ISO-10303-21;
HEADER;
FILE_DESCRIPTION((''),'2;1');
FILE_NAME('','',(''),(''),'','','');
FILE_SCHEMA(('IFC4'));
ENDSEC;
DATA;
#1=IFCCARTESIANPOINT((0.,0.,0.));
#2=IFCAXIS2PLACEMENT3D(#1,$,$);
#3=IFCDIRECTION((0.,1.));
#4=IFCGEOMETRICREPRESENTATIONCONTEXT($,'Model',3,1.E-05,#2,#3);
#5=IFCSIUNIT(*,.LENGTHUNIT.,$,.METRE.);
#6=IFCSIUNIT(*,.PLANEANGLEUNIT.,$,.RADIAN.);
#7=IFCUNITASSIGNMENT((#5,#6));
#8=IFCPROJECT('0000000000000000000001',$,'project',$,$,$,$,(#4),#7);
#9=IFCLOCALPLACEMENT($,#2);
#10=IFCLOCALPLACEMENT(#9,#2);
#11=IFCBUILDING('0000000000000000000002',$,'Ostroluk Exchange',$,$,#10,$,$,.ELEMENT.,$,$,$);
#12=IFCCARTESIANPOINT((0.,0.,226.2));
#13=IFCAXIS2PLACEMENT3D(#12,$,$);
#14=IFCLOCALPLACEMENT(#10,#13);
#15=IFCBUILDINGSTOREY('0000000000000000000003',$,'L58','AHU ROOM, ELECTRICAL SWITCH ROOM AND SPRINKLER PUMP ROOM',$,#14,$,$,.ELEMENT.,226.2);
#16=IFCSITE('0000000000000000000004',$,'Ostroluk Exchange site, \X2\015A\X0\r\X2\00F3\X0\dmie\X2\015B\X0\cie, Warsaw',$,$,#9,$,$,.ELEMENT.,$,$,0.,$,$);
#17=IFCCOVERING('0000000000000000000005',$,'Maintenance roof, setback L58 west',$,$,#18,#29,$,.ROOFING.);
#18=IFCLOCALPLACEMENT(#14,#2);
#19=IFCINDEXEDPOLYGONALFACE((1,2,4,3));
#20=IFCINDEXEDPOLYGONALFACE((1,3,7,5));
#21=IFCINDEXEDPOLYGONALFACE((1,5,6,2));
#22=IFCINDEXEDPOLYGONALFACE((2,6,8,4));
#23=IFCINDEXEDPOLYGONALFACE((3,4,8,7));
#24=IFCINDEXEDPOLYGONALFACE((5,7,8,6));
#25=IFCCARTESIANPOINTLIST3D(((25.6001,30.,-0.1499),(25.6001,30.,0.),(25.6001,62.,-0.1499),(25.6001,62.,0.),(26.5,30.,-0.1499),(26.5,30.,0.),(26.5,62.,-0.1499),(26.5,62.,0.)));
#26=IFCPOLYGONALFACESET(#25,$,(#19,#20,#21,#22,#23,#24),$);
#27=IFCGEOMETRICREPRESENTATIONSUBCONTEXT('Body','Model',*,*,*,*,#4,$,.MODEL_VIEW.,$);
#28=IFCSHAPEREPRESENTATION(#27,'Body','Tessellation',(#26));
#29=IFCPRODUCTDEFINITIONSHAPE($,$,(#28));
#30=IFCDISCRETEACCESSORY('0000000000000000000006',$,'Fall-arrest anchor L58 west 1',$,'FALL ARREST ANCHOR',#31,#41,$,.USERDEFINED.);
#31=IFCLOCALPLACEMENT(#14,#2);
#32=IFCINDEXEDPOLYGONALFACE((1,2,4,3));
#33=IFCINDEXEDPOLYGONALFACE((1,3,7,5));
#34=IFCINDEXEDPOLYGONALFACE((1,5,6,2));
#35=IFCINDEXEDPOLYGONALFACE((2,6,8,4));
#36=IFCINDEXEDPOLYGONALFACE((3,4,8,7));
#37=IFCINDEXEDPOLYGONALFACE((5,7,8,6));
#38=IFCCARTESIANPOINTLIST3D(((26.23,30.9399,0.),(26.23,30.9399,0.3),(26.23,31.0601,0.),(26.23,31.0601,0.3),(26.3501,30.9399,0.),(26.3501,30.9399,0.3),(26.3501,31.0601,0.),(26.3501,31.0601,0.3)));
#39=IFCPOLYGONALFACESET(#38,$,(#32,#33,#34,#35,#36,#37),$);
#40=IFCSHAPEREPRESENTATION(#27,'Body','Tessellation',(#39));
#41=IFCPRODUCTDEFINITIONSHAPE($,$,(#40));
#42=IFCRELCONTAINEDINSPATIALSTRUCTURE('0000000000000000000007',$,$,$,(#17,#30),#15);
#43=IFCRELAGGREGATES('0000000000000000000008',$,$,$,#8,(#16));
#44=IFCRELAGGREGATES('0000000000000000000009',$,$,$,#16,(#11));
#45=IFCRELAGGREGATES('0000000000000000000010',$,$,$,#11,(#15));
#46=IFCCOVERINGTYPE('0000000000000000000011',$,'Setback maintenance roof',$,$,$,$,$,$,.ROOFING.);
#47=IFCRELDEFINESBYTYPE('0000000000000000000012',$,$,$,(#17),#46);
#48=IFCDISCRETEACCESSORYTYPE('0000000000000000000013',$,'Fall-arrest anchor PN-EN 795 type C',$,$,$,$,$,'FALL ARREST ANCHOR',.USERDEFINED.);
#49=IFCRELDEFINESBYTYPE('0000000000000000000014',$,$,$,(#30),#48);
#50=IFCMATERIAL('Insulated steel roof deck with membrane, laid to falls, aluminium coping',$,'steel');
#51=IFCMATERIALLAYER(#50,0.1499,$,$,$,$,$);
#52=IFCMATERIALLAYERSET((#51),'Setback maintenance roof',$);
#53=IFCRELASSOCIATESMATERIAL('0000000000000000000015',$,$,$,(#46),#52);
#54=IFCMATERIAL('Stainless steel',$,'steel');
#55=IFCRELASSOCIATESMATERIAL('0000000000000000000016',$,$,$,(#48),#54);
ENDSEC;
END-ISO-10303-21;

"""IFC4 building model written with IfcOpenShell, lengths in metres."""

from ifc_helpers import new_model, si_unit, direction, frame, origin, origin_2d, place, context, subcontext, project, spatial, polyline, rectangle, outline, extrude, material, layer, layer_set, type_object, element, save


model = new_model("IFC4")

# Units and contexts
model_context = context("Model", 3, precision=1e-05, world=origin(), true_north=direction((0.0, 1.0)))
body_context = subcontext(model_context, "Body", "Model", "MODEL_VIEW")
ifc_project = project(units=[si_unit("LENGTHUNIT", "METRE"), si_unit("PLANEANGLEUNIT", "RADIAN")], contexts=[model_context])

# Site, building, storey
site_placement = place(None, origin())
site = spatial("IfcSite", under=ifc_project, at=site_placement, Name="Ostroluk Exchange site, Śródmieście, Warsaw", CompositionType="ELEMENT", RefElevation=0.0)
building_placement = place(site_placement, origin())
building = spatial("IfcBuilding", under=site, at=building_placement, Name="Ostroluk Exchange", CompositionType="ELEMENT")
storey_placement = place(building_placement, frame((0.0, 0.0, 226.2)))
storey = spatial("IfcBuildingStorey", under=building, at=storey_placement, Name="L58", Description="AHU ROOM, ELECTRICAL SWITCH ROOM AND SPRINKLER PUMP ROOM", CompositionType="ELEMENT", Elevation=226.2)

# Covering
ifc_material_1 = material(Name="Insulated steel roof deck with membrane, laid to falls, aluminium coping", Category="steel")
ifc_layer_1 = layer(ifc_material_1, 0.1499)
ifc_layer_set_1 = layer_set([ifc_layer_1], Name="Setback maintenance roof")
covering_type = type_object("IfcCoveringType", Name="Setback maintenance roof", PredefinedType="ROOFING", material=ifc_layer_set_1)
covering_1_placement = place(storey_placement, frame((0.0, 0.0, -0.1499)))
element("IfcCovering", 1, at=covering_1_placement, inside=storey, type_object=covering_type, Name="Maintenance roof, setback L58 west", PredefinedType="ROOFING", context=body_context, shape_type="SweptSolid", body=[
    extrude(outline(polyline([(25.6001, 62.0), (26.5, 62.0), (26.5, 30.0), (25.6001, 30.0), (25.6001, 62.0)])), origin(), (0.0, 0.0, 1.0), 0.1499),
])

# Discrete accessory
ifc_material_2 = material(Name="Stainless steel", Category="steel")
discrete_accessory_type = type_object("IfcDiscreteAccessoryType", Name="Fall-arrest anchor PN-EN 795 type C", ElementType="FALL ARREST ANCHOR", PredefinedType="USERDEFINED", material=ifc_material_2)
discrete_accessory_placement = place(storey_placement, frame((26.29, 31.0, 0.0), z_axis=(0.0, 0.0, 1.0), x_axis=(1.0, 0.0, 0.0)))
element("IfcDiscreteAccessory", 2, at=discrete_accessory_placement, inside=storey, type_object=discrete_accessory_type, Name="Fall-arrest anchor L58 west 1", ObjectType="FALL ARREST ANCHOR", PredefinedType="USERDEFINED", context=body_context, shape_type="SweptSolid", body=[
    extrude(rectangle(XDim=0.1201, YDim=0.1201, at=origin_2d()), origin(), (0.0, 0.0, 1.0), 0.3),
])

save(model, "model.ifc")
